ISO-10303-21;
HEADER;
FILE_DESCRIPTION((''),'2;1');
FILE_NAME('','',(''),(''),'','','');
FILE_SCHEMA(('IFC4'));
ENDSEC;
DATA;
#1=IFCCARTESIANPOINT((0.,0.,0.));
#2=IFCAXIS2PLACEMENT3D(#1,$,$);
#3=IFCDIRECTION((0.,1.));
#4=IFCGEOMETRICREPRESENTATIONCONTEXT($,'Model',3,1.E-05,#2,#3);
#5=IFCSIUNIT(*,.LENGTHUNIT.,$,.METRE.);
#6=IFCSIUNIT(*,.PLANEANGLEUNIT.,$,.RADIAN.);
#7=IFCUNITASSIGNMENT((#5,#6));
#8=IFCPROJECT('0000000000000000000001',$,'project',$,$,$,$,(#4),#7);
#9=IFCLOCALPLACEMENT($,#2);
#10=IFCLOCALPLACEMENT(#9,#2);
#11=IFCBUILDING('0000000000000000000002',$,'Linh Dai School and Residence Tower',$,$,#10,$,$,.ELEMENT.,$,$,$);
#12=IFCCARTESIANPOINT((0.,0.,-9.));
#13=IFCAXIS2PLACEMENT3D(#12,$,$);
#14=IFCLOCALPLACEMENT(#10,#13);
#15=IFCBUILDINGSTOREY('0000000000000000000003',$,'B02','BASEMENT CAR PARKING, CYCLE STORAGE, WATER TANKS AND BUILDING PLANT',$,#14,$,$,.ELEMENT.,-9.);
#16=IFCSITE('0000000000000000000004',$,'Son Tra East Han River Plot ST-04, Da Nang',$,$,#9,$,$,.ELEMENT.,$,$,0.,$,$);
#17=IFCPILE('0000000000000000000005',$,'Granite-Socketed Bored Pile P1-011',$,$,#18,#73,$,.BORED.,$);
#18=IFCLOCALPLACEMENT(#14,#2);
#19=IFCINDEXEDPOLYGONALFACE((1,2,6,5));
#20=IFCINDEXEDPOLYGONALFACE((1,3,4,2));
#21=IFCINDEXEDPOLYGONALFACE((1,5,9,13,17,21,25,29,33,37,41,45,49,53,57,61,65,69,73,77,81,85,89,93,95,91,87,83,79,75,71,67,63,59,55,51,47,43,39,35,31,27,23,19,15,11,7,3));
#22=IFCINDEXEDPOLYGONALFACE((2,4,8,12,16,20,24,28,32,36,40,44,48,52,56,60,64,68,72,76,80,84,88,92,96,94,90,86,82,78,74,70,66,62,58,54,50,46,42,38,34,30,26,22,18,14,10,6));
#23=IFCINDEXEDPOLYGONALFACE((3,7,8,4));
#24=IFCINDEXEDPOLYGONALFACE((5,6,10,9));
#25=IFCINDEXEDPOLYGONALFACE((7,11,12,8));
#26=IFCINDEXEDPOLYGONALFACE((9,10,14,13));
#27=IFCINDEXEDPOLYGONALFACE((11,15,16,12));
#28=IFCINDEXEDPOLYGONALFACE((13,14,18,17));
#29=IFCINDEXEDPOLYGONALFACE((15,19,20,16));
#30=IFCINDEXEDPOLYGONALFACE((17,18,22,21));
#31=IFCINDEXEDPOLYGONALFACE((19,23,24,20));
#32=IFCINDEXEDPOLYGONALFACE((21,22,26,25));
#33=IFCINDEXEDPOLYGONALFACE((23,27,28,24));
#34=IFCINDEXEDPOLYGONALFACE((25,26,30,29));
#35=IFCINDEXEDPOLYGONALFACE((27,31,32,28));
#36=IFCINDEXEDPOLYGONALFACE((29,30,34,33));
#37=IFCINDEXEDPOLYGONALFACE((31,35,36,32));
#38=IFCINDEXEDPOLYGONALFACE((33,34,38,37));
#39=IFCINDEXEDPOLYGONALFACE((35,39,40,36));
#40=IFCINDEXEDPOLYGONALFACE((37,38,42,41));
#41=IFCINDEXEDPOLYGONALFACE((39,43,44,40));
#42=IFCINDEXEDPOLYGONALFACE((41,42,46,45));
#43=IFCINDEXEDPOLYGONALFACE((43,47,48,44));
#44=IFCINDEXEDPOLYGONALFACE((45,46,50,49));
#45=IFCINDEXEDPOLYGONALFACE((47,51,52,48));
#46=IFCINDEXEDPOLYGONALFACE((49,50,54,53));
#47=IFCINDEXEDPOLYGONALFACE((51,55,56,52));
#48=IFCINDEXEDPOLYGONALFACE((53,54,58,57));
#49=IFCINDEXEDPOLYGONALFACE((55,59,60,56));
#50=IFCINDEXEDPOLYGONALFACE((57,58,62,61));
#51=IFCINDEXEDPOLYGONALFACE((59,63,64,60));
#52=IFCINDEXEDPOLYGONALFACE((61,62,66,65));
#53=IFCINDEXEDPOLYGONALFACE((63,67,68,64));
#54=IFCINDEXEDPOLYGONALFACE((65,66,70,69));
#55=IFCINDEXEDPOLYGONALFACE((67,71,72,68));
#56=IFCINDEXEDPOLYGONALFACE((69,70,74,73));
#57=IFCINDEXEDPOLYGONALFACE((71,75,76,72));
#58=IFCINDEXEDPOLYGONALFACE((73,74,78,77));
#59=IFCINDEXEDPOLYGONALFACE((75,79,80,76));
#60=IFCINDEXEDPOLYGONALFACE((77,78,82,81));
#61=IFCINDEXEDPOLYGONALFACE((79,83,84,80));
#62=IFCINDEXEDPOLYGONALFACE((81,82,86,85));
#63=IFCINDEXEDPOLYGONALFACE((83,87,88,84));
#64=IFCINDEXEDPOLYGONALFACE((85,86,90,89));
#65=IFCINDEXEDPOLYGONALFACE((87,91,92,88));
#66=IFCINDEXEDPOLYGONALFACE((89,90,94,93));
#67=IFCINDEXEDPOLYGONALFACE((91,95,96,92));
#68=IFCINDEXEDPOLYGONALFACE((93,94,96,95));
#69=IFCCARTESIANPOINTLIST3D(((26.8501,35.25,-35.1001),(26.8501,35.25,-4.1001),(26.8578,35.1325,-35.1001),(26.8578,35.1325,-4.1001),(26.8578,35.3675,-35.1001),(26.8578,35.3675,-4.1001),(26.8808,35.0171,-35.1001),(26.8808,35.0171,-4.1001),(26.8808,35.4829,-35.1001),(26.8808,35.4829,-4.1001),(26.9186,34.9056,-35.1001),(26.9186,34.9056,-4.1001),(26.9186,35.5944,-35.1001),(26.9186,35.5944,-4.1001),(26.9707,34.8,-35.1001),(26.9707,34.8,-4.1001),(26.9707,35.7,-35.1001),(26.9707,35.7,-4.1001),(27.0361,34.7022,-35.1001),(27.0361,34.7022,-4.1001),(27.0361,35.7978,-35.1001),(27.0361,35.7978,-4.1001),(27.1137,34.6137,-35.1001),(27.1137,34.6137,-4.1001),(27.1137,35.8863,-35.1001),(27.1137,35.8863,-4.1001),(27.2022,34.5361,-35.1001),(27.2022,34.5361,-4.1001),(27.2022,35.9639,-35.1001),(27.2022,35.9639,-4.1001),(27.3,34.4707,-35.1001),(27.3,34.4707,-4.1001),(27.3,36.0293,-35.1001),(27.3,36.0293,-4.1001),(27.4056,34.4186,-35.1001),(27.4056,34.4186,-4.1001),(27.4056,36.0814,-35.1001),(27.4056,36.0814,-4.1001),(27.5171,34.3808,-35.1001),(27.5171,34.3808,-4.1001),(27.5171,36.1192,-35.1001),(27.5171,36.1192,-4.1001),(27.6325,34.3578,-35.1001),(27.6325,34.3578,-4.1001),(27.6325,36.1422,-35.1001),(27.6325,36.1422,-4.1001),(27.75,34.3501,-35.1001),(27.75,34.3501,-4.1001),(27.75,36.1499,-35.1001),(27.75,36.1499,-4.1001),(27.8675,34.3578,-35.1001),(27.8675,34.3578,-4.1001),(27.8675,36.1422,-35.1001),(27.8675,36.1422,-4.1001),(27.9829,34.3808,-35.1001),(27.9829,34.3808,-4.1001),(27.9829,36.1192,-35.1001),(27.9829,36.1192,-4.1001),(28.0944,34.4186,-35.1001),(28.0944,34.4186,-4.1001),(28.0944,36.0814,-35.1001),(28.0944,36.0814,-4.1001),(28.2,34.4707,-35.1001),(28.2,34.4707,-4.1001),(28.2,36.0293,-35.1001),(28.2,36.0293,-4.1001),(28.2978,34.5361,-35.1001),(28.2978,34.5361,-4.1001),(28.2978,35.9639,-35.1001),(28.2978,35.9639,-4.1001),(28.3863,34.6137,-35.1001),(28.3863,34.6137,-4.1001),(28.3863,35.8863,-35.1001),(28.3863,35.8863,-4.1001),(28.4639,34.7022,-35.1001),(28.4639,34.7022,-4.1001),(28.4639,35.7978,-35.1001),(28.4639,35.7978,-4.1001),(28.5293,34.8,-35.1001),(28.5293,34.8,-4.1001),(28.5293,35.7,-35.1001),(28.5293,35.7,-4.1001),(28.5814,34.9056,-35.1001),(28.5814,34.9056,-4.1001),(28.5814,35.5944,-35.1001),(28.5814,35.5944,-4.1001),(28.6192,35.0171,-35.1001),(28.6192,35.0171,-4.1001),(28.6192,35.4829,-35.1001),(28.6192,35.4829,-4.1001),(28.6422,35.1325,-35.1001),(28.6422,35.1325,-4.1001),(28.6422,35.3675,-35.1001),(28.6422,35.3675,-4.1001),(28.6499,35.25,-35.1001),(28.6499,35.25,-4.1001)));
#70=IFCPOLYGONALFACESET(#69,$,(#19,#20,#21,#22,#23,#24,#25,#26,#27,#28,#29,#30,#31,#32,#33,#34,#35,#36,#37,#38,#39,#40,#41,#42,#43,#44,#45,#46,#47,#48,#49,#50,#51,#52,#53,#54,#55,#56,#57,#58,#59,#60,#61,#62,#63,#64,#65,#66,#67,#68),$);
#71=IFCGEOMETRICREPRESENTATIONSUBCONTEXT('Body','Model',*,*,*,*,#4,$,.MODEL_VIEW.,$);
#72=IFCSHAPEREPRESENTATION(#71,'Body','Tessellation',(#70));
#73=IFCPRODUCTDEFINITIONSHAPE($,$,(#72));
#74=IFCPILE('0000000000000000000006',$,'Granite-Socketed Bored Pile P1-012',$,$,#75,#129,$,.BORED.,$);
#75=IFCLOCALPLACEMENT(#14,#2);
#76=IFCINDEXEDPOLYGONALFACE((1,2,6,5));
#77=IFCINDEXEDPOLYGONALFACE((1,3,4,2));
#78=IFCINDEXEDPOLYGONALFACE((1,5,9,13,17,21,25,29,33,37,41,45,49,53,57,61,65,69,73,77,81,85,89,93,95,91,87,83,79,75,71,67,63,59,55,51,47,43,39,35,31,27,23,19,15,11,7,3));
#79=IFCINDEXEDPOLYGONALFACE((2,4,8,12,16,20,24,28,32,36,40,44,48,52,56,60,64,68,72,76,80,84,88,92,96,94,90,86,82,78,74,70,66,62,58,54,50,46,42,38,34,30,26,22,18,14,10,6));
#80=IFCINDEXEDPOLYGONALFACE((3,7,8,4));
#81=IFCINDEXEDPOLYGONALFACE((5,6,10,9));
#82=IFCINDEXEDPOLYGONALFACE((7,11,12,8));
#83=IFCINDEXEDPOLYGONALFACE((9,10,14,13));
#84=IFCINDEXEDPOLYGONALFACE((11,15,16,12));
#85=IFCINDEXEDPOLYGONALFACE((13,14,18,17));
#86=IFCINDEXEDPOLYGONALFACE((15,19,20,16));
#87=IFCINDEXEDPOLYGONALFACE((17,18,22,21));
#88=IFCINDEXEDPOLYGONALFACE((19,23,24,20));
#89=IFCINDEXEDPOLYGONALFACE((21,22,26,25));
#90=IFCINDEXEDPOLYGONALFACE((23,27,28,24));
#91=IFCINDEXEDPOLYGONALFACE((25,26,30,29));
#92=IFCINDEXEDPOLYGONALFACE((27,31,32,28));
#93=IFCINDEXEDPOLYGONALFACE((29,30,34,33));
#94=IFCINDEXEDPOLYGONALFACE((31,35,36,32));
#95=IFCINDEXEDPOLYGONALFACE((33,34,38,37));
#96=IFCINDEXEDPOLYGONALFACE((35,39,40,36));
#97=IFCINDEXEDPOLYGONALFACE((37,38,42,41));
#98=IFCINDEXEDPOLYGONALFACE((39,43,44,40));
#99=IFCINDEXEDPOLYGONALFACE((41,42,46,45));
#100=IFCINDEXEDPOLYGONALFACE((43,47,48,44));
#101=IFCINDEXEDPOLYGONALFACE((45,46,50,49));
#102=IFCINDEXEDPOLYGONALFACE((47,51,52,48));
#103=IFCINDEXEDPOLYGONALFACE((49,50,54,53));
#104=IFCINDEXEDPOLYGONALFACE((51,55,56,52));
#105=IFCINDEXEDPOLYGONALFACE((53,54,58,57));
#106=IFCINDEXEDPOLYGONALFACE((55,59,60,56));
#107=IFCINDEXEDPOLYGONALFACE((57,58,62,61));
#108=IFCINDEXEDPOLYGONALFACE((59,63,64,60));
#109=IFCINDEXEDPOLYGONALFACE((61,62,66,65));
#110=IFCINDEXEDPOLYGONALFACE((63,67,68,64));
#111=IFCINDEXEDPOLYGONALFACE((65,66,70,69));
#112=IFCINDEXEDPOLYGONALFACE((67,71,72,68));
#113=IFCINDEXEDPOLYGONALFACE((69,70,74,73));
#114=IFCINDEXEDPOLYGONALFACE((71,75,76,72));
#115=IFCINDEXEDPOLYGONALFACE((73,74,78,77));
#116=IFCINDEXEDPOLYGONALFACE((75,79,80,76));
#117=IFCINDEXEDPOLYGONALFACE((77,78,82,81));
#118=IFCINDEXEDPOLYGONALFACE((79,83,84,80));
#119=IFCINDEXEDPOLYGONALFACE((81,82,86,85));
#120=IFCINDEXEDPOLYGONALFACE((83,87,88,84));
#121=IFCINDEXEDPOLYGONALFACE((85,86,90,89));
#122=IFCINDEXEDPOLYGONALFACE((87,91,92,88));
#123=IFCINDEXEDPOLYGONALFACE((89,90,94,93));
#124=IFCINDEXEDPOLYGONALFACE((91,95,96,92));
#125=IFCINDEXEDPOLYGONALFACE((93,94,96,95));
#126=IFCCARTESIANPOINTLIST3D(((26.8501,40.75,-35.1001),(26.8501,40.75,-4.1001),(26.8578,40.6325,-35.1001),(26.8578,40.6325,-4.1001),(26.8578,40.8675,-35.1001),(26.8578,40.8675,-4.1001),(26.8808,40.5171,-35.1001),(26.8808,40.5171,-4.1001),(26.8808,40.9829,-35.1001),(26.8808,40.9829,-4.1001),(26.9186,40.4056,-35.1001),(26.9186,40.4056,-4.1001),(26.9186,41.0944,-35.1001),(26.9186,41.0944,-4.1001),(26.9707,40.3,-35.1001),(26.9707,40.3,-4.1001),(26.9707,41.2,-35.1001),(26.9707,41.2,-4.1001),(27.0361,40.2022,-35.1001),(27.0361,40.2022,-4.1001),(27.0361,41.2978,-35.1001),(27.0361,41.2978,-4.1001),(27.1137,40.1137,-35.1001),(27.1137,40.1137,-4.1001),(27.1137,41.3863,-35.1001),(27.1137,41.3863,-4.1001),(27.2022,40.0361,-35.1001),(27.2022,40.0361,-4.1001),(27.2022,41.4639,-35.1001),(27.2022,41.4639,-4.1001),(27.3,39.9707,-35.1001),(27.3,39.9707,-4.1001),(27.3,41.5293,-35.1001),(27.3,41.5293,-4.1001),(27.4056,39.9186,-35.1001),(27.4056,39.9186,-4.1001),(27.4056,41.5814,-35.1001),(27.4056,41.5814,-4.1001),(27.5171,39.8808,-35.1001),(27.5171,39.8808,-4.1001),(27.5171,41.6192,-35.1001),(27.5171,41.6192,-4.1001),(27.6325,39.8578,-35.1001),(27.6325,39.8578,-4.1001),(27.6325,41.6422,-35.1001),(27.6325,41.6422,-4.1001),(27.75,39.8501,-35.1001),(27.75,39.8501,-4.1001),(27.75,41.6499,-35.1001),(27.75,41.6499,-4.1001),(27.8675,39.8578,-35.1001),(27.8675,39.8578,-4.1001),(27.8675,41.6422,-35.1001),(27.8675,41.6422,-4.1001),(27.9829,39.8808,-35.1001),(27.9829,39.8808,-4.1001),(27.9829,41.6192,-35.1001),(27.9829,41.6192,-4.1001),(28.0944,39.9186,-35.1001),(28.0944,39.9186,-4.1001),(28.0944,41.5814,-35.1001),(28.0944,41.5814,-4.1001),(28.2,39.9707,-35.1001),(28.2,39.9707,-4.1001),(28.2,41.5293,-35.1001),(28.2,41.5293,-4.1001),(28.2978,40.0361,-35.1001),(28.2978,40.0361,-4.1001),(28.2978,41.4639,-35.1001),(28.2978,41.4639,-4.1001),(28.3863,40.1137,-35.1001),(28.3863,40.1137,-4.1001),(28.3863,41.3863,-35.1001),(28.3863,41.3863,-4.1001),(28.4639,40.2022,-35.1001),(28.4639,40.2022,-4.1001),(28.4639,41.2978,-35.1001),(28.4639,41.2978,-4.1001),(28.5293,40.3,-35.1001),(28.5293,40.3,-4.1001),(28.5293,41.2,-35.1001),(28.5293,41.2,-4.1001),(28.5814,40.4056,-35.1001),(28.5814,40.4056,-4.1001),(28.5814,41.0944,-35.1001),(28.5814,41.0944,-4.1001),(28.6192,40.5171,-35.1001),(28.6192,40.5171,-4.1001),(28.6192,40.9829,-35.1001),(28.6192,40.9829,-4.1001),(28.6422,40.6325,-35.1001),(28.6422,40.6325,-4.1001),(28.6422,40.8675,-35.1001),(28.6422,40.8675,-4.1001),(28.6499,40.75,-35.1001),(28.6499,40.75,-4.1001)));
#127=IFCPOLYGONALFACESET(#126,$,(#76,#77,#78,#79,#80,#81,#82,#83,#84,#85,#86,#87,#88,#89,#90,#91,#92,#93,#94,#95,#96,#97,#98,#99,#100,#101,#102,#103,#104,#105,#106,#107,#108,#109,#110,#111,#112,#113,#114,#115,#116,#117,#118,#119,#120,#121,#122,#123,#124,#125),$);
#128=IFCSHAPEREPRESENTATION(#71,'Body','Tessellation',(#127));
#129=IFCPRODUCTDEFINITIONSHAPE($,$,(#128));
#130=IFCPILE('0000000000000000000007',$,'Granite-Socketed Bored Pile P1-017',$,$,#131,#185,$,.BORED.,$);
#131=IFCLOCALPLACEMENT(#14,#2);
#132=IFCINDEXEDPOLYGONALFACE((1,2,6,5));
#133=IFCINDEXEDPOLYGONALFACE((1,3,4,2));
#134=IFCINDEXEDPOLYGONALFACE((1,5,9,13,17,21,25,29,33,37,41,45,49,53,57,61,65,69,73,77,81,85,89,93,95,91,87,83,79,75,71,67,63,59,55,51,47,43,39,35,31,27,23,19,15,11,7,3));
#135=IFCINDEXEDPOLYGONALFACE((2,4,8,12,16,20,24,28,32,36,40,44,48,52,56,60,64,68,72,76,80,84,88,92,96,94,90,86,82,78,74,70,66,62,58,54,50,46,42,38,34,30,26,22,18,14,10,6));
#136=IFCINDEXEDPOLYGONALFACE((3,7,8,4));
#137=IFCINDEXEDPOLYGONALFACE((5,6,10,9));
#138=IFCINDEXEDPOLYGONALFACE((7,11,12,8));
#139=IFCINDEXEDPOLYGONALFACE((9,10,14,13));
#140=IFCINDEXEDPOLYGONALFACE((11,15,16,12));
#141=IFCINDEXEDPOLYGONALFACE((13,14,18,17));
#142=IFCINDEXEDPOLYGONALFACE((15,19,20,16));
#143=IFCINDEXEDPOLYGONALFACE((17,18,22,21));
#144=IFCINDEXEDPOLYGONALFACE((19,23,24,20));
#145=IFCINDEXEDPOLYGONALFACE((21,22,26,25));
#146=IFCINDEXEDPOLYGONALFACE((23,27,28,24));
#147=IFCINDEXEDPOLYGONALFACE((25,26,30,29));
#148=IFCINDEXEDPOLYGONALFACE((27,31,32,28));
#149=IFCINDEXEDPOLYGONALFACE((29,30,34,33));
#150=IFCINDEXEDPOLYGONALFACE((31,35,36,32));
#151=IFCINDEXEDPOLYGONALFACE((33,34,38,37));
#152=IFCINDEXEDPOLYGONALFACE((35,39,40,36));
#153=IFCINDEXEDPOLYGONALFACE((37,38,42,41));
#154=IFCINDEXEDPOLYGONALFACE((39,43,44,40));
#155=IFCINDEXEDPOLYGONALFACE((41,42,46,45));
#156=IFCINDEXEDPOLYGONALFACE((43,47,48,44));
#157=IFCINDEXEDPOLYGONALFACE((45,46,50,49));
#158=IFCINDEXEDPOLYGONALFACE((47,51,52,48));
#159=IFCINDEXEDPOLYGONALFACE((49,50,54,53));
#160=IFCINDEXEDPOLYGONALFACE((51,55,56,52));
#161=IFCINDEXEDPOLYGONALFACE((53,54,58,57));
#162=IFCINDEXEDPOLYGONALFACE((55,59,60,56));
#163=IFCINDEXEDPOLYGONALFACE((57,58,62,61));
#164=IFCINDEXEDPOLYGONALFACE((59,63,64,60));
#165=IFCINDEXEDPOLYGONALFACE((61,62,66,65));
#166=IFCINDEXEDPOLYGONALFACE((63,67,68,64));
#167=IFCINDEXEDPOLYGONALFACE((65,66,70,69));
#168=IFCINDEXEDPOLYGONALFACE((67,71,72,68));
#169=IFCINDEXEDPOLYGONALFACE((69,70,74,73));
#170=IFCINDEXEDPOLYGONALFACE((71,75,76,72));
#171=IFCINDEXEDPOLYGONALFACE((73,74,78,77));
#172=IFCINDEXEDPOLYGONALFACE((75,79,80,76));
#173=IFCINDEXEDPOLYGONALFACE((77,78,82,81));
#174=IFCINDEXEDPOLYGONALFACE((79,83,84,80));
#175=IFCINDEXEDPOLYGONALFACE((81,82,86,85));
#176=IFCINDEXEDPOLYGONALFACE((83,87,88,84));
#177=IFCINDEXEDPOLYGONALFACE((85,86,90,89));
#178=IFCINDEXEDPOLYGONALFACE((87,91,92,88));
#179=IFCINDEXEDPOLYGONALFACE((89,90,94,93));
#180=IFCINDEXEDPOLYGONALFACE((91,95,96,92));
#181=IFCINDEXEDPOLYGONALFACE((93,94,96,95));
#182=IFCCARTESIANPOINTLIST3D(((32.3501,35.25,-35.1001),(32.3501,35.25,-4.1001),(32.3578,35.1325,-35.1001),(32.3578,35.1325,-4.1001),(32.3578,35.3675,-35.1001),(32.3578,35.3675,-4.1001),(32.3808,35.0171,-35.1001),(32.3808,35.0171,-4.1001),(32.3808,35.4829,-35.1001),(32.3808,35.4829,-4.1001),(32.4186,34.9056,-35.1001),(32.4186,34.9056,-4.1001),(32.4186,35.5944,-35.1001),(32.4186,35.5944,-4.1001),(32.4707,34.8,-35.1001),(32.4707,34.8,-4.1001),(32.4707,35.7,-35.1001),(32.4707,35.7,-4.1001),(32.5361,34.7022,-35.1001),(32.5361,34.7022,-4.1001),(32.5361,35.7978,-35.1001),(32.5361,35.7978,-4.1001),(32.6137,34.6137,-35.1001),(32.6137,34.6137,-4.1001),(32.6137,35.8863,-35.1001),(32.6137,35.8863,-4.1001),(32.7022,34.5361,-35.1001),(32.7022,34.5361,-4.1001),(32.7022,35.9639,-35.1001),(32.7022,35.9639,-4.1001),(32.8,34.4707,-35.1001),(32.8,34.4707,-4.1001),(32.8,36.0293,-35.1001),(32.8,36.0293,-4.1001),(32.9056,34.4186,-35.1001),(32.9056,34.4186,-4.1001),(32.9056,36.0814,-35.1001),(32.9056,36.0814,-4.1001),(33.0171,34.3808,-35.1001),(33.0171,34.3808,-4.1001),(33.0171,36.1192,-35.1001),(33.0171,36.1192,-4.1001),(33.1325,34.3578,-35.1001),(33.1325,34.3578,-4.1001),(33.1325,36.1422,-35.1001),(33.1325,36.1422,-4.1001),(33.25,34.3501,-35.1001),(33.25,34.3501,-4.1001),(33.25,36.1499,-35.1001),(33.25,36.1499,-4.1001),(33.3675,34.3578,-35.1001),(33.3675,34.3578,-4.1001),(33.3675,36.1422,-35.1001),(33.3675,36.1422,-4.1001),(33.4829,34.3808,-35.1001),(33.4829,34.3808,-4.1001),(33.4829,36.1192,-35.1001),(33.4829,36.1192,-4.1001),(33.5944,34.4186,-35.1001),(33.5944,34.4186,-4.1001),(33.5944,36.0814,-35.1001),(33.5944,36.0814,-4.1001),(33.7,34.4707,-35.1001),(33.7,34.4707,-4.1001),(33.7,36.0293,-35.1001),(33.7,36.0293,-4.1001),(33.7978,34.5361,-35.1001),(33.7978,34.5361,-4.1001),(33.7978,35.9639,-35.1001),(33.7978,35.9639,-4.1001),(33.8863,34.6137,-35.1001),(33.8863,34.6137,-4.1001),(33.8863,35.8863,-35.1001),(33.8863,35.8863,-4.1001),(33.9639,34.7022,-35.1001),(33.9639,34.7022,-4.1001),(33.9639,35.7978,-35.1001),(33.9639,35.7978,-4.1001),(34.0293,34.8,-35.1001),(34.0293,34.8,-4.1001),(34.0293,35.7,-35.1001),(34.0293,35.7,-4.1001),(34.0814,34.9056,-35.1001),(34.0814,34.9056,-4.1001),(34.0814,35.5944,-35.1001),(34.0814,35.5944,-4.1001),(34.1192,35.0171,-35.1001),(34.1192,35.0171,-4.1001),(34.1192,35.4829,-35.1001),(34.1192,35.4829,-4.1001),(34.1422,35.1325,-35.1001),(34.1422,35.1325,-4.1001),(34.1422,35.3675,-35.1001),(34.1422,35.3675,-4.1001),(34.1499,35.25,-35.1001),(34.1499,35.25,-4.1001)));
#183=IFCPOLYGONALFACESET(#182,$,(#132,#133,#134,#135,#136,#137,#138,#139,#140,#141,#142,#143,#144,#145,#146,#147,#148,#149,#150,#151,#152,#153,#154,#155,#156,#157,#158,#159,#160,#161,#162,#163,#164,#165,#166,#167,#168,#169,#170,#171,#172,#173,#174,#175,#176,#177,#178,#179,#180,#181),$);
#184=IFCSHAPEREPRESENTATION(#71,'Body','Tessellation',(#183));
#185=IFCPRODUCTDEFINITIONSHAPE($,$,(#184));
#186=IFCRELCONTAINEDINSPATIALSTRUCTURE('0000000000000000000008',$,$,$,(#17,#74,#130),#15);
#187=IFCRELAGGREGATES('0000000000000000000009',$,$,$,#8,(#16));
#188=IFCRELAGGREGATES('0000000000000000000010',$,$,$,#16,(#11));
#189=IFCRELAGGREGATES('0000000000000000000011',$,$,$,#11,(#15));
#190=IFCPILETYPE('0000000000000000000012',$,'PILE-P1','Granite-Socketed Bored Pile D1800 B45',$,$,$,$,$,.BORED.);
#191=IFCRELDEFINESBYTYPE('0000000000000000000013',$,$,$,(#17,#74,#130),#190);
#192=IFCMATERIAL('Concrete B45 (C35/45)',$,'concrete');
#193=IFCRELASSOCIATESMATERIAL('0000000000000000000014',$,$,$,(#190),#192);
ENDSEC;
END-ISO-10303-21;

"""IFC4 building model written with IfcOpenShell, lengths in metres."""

from ifc_helpers import new_model, si_unit, direction, frame, origin, origin_2d, place, context, subcontext, project, spatial, circle, extrude, material, material_profile, profile_set, type_object, element, save


model = new_model("IFC4")

# Units and contexts
model_context = context("Model", 3, precision=1e-05, world=origin(), true_north=direction((0.0, 1.0)))
body_context = subcontext(model_context, "Body", "Model", "MODEL_VIEW")
ifc_project = project(units=[si_unit("LENGTHUNIT", "METRE"), si_unit("PLANEANGLEUNIT", "RADIAN")], contexts=[model_context])

# Site, building, storey
site_placement = place(None, origin())
site = spatial("IfcSite", under=ifc_project, at=site_placement, Name="Son Tra East Han River Plot ST-04, Da Nang", CompositionType="ELEMENT", RefElevation=0.0)
building_placement = place(site_placement, origin())
building = spatial("IfcBuilding", under=site, at=building_placement, Name="Linh Dai School and Residence Tower", CompositionType="ELEMENT")
storey_placement = place(building_placement, frame((0.0, 0.0, -9.0)))
storey = spatial("IfcBuildingStorey", under=building, at=storey_placement, Name="B02", Description="BASEMENT CAR PARKING, CYCLE STORAGE, WATER TANKS AND BUILDING PLANT", CompositionType="ELEMENT", Elevation=-9.0)

# Piles
ifc_material_1 = material(Name="Concrete B45 (C35/45)", Category="concrete")
ifc_material_profile_1 = material_profile(ifc_material_1, circle(Radius=0.8999, at=origin_2d()), Name="PILE D1800")
ifc_profile_set_1 = profile_set([ifc_material_profile_1], Name="Concrete B45 (C35/45)")
pile_type_1 = type_object("IfcPileType", Name="PILE-P1", Description="Granite-Socketed Bored Pile D1800 B45", PredefinedType="BORED", material=ifc_profile_set_1)
for number, where, z_axis, x_axis, name in (
    (1, (27.75, 35.25, -4.1001), (0.0, 0.0, -1.0), (1.0, 0.0, 0.0), "Granite-Socketed Bored Pile P1-011"),
    (2, (27.75, 40.75, -4.1001), (0.0, 0.0, -1.0), (1.0, 0.0, 0.0), "Granite-Socketed Bored Pile P1-012"),
    (3, (33.25, 35.25, -4.1001), (0.0, 0.0, -1.0), (1.0, 0.0, 0.0), "Granite-Socketed Bored Pile P1-017"),
):
    element("IfcPile", number, at=place(storey_placement, frame(where, z_axis=z_axis, x_axis=x_axis)), inside=storey, type_object=pile_type_1, Name=name, PredefinedType="BORED", context=body_context, shape_type="SweptSolid", body=[
        extrude(circle(Radius=0.8999, at=origin_2d()), origin(), (0.0, 0.0, 1.0), 31.0),
    ])

save(model, "model.ifc")
